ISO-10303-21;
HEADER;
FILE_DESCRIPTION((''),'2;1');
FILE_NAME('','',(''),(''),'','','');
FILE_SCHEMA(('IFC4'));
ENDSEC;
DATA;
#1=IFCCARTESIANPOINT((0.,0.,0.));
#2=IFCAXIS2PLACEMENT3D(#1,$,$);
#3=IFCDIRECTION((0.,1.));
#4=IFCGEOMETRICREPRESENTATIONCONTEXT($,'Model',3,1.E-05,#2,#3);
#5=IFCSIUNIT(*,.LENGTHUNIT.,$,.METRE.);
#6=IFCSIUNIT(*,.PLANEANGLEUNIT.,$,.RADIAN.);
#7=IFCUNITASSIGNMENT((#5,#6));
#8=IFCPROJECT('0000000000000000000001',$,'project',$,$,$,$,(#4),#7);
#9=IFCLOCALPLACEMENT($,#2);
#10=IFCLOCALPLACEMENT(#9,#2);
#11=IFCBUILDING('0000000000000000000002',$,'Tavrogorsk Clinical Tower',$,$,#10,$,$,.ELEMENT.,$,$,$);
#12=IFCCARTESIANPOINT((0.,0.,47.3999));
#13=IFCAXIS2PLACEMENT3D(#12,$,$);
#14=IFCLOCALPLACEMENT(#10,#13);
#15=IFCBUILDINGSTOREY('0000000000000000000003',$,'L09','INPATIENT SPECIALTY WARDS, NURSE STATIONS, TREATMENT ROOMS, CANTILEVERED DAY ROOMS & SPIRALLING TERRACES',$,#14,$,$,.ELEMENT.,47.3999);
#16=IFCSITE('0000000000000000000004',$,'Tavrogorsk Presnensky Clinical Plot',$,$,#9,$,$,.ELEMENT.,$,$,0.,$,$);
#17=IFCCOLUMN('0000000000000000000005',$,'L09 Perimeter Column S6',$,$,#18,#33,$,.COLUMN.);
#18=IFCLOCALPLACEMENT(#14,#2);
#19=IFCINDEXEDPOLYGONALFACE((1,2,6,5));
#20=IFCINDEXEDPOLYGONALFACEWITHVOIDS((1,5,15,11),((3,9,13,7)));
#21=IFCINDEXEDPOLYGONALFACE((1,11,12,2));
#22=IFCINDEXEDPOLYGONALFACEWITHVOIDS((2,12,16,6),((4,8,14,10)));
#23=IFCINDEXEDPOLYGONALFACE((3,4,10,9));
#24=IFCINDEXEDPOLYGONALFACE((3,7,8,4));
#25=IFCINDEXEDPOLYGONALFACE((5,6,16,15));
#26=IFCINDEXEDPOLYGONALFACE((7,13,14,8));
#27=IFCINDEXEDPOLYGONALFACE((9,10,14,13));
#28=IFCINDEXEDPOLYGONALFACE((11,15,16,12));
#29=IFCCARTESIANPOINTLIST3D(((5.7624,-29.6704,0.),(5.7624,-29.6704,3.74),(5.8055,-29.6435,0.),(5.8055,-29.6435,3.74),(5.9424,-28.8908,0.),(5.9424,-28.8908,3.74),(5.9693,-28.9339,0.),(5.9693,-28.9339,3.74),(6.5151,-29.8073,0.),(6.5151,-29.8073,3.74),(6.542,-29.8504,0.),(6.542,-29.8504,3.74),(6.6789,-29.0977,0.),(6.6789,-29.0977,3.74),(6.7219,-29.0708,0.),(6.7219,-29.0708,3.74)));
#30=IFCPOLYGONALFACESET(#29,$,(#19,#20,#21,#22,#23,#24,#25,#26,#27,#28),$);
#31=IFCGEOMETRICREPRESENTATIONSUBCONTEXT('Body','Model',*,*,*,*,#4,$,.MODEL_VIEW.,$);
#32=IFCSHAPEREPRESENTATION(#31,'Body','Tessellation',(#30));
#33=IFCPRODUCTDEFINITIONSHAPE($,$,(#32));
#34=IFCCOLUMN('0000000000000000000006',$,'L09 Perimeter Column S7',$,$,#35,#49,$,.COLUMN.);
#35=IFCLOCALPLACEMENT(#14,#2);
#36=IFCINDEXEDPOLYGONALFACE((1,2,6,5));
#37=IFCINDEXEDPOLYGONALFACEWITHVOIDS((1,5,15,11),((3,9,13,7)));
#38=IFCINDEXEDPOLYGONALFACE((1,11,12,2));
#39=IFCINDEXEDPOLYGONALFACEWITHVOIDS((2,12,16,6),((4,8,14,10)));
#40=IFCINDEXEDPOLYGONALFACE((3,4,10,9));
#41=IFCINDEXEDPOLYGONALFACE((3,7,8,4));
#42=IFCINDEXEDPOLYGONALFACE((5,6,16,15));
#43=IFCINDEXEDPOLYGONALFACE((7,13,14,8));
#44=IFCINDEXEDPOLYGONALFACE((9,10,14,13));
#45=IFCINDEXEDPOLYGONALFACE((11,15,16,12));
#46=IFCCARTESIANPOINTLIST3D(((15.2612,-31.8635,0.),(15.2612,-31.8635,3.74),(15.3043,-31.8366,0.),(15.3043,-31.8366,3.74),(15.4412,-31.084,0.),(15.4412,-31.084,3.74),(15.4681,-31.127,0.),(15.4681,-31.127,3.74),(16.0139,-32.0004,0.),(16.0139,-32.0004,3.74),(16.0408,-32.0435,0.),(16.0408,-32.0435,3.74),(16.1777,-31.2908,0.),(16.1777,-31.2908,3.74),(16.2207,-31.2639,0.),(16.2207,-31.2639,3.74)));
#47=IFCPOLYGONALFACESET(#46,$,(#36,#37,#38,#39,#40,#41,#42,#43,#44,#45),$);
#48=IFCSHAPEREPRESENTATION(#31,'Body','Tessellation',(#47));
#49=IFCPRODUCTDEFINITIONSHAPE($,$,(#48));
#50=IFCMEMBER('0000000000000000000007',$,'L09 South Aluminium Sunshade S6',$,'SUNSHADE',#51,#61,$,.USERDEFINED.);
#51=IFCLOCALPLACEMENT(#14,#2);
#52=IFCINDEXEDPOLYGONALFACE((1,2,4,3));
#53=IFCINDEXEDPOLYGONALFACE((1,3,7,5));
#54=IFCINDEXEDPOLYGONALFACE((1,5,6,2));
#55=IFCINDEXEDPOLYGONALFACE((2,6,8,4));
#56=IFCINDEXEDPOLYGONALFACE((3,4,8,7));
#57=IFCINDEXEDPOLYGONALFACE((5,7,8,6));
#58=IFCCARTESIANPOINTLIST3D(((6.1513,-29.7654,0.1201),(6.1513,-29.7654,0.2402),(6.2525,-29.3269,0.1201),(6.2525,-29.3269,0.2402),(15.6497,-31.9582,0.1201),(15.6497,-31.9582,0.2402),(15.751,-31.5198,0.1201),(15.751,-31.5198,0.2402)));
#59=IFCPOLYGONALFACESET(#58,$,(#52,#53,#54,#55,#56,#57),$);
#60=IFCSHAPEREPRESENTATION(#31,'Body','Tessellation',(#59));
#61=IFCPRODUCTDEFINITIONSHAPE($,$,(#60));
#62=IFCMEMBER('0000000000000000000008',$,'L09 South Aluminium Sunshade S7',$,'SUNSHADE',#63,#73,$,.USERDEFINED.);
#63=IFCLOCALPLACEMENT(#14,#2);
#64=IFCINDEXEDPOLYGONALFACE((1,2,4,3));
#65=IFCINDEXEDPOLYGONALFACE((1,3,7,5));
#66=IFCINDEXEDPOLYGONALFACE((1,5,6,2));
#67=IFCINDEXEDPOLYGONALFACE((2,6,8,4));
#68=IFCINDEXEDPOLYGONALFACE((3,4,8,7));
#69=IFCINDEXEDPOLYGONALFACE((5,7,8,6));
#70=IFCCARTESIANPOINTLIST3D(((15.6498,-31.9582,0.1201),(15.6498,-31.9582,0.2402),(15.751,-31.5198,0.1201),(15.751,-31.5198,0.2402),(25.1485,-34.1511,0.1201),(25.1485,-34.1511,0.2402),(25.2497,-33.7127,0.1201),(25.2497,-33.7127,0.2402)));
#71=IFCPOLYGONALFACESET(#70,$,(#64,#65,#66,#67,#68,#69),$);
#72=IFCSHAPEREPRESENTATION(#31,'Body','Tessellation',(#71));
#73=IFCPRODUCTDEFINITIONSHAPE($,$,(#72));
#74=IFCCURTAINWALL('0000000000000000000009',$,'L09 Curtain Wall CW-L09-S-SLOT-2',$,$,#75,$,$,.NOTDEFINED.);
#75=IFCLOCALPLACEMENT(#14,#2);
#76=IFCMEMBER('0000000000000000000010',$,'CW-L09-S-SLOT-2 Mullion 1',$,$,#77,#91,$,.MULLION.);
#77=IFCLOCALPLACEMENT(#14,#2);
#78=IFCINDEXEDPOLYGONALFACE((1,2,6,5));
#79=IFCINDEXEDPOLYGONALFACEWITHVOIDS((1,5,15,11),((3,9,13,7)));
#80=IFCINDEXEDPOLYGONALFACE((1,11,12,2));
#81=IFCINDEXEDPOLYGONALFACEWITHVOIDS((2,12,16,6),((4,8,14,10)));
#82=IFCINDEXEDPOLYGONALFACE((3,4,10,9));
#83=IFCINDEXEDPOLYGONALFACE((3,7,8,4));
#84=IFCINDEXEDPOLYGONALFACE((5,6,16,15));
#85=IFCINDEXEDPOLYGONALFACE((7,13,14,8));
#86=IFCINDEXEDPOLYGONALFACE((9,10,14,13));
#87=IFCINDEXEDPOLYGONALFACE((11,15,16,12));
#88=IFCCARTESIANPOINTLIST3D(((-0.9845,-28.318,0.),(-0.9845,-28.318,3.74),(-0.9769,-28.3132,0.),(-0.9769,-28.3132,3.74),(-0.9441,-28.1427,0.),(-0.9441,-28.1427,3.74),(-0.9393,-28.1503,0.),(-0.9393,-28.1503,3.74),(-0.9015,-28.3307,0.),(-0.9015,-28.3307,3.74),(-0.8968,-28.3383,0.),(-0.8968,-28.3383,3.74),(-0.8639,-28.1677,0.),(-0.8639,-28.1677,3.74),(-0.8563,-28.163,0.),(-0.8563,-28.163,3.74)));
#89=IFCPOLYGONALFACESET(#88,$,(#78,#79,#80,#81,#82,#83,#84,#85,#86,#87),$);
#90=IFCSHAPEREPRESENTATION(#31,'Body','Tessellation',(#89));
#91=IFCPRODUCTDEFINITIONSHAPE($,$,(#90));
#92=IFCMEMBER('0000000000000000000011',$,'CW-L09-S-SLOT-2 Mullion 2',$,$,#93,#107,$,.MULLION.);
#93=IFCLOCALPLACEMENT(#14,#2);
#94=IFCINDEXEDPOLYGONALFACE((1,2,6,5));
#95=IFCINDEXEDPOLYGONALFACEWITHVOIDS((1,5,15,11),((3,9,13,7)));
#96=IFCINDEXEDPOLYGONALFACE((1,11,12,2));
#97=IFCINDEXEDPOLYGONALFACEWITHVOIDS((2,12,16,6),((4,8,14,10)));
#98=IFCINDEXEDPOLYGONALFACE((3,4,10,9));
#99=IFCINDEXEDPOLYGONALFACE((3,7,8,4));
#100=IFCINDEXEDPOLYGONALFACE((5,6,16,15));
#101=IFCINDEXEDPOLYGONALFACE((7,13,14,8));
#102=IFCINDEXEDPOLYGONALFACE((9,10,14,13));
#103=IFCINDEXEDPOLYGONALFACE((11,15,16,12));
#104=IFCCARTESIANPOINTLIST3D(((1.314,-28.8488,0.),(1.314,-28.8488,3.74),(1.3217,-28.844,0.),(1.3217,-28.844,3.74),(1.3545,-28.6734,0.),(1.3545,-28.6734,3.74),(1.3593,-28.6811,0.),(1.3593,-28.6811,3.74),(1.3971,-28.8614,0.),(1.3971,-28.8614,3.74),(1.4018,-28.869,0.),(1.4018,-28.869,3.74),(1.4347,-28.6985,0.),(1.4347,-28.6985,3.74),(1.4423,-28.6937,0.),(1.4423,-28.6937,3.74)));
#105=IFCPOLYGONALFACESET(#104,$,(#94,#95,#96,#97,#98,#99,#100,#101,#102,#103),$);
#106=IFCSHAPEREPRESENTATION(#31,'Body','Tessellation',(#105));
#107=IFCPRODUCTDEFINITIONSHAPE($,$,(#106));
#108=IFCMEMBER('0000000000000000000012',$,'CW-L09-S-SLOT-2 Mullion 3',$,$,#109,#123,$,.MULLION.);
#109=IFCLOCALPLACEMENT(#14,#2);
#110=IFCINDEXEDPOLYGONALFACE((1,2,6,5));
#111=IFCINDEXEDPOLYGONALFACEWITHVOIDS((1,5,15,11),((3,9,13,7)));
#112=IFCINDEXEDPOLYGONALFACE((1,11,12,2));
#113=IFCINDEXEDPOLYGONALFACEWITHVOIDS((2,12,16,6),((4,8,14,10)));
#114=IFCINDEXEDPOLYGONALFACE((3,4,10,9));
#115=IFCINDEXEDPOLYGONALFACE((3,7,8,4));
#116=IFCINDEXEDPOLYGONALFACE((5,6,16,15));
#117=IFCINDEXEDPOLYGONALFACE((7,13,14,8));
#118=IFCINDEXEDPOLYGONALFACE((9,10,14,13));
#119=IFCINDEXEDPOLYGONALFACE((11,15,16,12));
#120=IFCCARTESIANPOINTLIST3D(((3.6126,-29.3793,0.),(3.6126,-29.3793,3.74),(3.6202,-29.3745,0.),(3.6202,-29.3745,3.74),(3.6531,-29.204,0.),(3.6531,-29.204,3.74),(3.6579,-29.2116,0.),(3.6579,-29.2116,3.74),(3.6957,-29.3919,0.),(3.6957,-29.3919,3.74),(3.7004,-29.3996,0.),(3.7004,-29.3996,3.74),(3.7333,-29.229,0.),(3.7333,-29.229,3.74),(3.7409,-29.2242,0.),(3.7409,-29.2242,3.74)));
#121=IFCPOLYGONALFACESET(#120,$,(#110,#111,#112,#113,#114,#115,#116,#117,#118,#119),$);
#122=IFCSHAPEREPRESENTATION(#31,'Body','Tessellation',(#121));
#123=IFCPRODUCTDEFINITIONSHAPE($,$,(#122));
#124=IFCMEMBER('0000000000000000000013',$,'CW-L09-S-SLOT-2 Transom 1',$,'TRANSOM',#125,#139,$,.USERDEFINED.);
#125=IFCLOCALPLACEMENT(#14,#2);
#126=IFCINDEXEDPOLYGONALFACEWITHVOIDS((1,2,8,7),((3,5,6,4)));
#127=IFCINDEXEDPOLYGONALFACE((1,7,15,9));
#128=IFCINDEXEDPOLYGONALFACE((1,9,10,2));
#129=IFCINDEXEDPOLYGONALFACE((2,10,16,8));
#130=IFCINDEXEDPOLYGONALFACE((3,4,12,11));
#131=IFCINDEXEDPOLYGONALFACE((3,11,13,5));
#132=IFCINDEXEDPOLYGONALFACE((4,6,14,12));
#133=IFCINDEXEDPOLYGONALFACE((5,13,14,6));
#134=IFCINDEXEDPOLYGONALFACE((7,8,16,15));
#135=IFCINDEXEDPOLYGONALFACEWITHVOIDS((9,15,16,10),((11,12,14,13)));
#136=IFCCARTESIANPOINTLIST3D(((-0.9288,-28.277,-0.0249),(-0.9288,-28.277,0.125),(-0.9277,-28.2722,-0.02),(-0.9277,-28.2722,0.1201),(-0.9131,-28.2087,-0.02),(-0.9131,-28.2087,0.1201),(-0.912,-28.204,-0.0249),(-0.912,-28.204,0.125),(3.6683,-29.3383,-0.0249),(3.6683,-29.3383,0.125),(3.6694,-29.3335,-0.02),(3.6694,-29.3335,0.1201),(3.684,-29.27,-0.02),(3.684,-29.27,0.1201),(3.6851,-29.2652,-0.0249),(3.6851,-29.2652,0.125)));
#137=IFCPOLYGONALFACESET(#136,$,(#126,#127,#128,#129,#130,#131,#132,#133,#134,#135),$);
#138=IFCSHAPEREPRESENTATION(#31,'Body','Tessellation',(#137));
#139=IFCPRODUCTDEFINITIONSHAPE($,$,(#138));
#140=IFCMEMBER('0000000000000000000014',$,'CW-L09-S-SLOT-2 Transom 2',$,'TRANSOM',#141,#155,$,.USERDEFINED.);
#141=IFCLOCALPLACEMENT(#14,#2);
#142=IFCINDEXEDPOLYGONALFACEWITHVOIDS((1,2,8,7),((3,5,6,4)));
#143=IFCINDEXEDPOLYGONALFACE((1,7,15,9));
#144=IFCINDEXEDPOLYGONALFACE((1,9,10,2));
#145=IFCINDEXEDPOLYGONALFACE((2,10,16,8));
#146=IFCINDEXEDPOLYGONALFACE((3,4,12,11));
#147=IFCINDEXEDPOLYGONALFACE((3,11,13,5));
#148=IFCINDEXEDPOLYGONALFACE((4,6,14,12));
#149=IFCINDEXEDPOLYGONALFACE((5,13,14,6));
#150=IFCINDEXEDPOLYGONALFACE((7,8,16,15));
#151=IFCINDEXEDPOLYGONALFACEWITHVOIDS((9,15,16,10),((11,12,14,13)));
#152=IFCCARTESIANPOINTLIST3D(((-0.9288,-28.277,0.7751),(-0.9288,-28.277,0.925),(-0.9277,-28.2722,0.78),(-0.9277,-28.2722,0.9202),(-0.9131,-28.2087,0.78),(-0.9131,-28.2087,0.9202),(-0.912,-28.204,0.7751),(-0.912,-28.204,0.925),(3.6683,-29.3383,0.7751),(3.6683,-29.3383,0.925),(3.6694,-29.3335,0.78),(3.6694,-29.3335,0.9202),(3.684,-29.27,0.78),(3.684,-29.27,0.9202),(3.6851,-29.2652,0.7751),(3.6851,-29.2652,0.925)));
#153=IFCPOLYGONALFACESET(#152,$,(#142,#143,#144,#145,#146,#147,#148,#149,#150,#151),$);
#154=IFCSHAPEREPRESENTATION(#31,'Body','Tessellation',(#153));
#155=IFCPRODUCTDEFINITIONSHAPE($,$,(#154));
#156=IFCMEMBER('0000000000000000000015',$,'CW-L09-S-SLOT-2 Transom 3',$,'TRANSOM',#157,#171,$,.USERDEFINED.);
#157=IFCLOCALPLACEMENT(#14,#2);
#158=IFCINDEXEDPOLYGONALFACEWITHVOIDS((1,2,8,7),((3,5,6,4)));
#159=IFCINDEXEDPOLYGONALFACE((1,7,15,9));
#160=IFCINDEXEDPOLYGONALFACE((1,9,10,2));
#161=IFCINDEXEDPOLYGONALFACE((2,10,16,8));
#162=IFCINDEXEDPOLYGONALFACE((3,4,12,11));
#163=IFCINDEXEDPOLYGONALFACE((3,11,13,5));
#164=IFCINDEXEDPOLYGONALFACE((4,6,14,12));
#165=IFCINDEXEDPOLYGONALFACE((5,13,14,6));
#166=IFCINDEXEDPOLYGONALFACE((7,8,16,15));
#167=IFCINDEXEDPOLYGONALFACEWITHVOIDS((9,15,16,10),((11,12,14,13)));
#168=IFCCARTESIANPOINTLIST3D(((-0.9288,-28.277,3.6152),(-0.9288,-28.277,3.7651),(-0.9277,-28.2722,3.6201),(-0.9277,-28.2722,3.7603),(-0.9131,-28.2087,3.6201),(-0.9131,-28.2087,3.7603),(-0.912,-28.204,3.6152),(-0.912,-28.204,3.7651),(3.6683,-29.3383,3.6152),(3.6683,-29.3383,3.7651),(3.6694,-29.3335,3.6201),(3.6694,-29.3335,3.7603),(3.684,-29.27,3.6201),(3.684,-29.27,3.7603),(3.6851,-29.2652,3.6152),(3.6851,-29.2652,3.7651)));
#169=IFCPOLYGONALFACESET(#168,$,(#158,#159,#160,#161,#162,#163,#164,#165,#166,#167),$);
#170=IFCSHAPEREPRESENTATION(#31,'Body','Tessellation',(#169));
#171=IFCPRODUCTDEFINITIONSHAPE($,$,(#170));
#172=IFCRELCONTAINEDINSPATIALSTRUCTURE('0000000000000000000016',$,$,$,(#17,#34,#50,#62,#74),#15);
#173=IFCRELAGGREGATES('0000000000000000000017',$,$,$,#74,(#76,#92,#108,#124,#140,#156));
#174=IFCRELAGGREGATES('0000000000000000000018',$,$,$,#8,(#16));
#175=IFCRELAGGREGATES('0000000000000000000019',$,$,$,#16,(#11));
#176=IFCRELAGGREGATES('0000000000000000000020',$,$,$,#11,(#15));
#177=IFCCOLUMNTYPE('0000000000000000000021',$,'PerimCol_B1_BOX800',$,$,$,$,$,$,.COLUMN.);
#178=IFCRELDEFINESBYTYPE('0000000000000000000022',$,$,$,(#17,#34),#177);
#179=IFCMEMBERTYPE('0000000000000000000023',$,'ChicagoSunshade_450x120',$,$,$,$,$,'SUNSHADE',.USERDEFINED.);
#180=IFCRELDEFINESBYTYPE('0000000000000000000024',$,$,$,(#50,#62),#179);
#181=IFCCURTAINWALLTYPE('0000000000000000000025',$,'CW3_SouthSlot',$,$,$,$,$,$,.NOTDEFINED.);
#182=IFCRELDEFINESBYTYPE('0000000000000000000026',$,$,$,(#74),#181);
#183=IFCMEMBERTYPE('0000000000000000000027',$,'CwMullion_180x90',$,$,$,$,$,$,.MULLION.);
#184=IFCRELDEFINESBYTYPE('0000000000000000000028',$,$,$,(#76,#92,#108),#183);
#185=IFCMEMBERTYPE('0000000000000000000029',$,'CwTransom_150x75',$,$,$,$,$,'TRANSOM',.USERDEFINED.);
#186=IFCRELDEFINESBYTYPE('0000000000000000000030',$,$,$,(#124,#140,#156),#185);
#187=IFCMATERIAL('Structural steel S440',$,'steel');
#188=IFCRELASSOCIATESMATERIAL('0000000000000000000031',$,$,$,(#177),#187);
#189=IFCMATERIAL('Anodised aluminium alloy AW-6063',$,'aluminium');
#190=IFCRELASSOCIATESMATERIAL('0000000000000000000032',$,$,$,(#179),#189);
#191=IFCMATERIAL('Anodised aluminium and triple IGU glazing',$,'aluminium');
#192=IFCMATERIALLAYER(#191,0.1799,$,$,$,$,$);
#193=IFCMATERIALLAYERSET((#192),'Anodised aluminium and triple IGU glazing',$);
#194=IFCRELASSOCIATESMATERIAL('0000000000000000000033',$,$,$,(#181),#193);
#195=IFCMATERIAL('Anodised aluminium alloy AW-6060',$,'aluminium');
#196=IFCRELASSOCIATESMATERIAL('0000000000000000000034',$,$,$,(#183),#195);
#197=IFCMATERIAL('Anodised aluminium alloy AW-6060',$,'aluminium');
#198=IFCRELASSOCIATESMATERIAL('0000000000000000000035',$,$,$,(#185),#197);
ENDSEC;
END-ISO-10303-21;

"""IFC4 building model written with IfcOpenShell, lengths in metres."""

from ifc_helpers import new_model, si_unit, direction, frame, origin, origin_2d, place, context, subcontext, project, spatial, rectangle, hollow_rectangle, extrude, material, layer, layer_set, material_profile, profile_set, type_object, element, aggregate, save


model = new_model("IFC4")

# Units and contexts
model_context = context("Model", 3, precision=1e-05, world=origin(), true_north=direction((0.0, 1.0)))
body_context = subcontext(model_context, "Body", "Model", "MODEL_VIEW")
ifc_project = project(units=[si_unit("LENGTHUNIT", "METRE"), si_unit("PLANEANGLEUNIT", "RADIAN")], contexts=[model_context])

# Site, building, storey
site_placement = place(None, origin())
site = spatial("IfcSite", under=ifc_project, at=site_placement, Name="Tavrogorsk Presnensky Clinical Plot", CompositionType="ELEMENT", RefElevation=0.0)
building_placement = place(site_placement, origin())
building = spatial("IfcBuilding", under=site, at=building_placement, Name="Tavrogorsk Clinical Tower", CompositionType="ELEMENT")
storey_placement = place(building_placement, frame((0.0, 0.0, 47.3999)))
storey = spatial("IfcBuildingStorey", under=building, at=storey_placement, Name="L09", Description="INPATIENT SPECIALTY WARDS, NURSE STATIONS, TREATMENT ROOMS, CANTILEVERED DAY ROOMS & SPIRALLING TERRACES", CompositionType="ELEMENT", Elevation=47.3999)

# Columns
ifc_material_1 = material(Name="Structural steel S440", Category="steel")
ifc_material_profile_1 = material_profile(ifc_material_1, hollow_rectangle(XDim=0.8, YDim=0.8, WallThickness=0.0359, at=origin_2d()), Name="BOX-800x800x36")
ifc_profile_set_1 = profile_set([ifc_material_profile_1], Name="Structural steel S440")
column_type = type_object("IfcColumnType", Name="PerimCol_B1_BOX800", PredefinedType="COLUMN", material=ifc_profile_set_1)
for number, where, z_axis, x_axis, name in (
    (1, (6.2422, -29.3706, 0.0), (0.0, 0.0, 1.0), (0.97437, -0.224951, 0.0), "L09 Perimeter Column S6"),
    (2, (15.741, -31.5637, 0.0), (0.0, 0.0, 1.0), (0.97437, -0.224951, 0.0), "L09 Perimeter Column S7"),
):
    element("IfcColumn", number, at=place(storey_placement, frame(where, z_axis=z_axis, x_axis=x_axis)), inside=storey, type_object=column_type, Name=name, PredefinedType="COLUMN", context=body_context, shape_type="SweptSolid", body=[
        extrude(hollow_rectangle(XDim=0.8, YDim=0.8, WallThickness=0.0359, at=origin_2d()), origin(), (0.0, 0.0, 1.0), 3.74),
    ])

# Members
ifc_material_2 = material(Name="Anodised aluminium alloy AW-6063", Category="aluminium")
ifc_material_profile_2 = material_profile(ifc_material_2, rectangle(XDim=0.45, YDim=0.1201, at=origin_2d()), Name="ALU-SUNSHADE-450x120")
ifc_profile_set_2 = profile_set([ifc_material_profile_2], Name="Anodised aluminium alloy AW-6063")
member_type_1 = type_object("IfcMemberType", Name="ChicagoSunshade_450x120", ElementType="SUNSHADE", PredefinedType="USERDEFINED", material=ifc_profile_set_2)
member_1_placement = place(storey_placement, frame((6.2019, -29.5461, 0.1802), z_axis=(0.974371, -0.224947, 0.0), x_axis=(0.224947, 0.974371, 0.0)))
element("IfcMember", 3, at=member_1_placement, inside=storey, type_object=member_type_1, Name="L09 South Aluminium Sunshade S6", ObjectType="SUNSHADE", PredefinedType="USERDEFINED", context=body_context, shape_type="SweptSolid", body=[
    extrude(rectangle(XDim=0.45, YDim=0.1201, at=origin_2d()), origin(), (0.0, 0.0, 1.0), 9.7483),
])
member_2_placement = place(storey_placement, frame((15.7004, -31.739, 0.1802), z_axis=(0.974372, -0.224942, 0.0), x_axis=(0.224942, 0.974372, 0.0)))
element("IfcMember", 4, at=member_2_placement, inside=storey, type_object=member_type_1, Name="L09 South Aluminium Sunshade S7", ObjectType="SUNSHADE", PredefinedType="USERDEFINED", context=body_context, shape_type="SweptSolid", body=[
    extrude(rectangle(XDim=0.45, YDim=0.1201, at=origin_2d()), origin(), (0.0, 0.0, 1.0), 9.7485),
])

# Curtain wall, members
ifc_material_3 = material(Name="Anodised aluminium and triple IGU glazing", Category="aluminium")
ifc_layer_1 = layer(ifc_material_3, 0.1799)
ifc_layer_set_1 = layer_set([ifc_layer_1], Name="Anodised aluminium and triple IGU glazing")
curtain_wall_type = type_object("IfcCurtainWallType", Name="CW3_SouthSlot", PredefinedType="NOTDEFINED", material=ifc_layer_set_1)
curtain_wall_placement = place(storey_placement, origin())
curtain_wall = element("IfcCurtainWall", 5, at=curtain_wall_placement, inside=storey, type_object=curtain_wall_type, Name="L09 Curtain Wall CW-L09-S-SLOT-2", PredefinedType="NOTDEFINED")
ifc_material_4 = material(Name="Anodised aluminium alloy AW-6060", Category="aluminium")
ifc_material_profile_3 = material_profile(ifc_material_4, hollow_rectangle(XDim=0.0901, YDim=0.1799, WallThickness=0.0063, at=origin_2d()), Name="RHS-180x90x6.3")
ifc_profile_set_3 = profile_set([ifc_material_profile_3], Name="Anodised aluminium alloy AW-6060")
member_type_2 = type_object("IfcMemberType", Name="CwMullion_180x90", PredefinedType="MULLION", material=ifc_profile_set_3)
member_3_placement = place(storey_placement, frame((-0.9204, -28.2405, 0.0), z_axis=(0.0, 0.0, 1.0), x_axis=(0.97437, -0.224951, 0.0)))
member_3 = element("IfcMember", 6, at=member_3_placement, type_object=member_type_2, Name="CW-L09-S-SLOT-2 Mullion 1", PredefinedType="MULLION", context=body_context, shape_type="SweptSolid", body=[
    extrude(hollow_rectangle(XDim=0.0901, YDim=0.1799, WallThickness=0.0063, at=origin_2d()), origin(), (0.0, 0.0, 1.0), 3.74),
])
member_4_placement = place(storey_placement, frame((1.3782, -28.7712, 0.0), z_axis=(0.0, 0.0, 1.0), x_axis=(0.97437, -0.224951, 0.0)))
member_4 = element("IfcMember", 7, at=member_4_placement, type_object=member_type_2, Name="CW-L09-S-SLOT-2 Mullion 2", PredefinedType="MULLION", context=body_context, shape_type="SweptSolid", body=[
    extrude(hollow_rectangle(XDim=0.0901, YDim=0.1799, WallThickness=0.0063, at=origin_2d()), origin(), (0.0, 0.0, 1.0), 3.74),
])
member_5_placement = place(storey_placement, frame((3.6768, -29.3018, 0.0), z_axis=(0.0, 0.0, 1.0), x_axis=(0.97437, -0.224951, 0.0)))
member_5 = element("IfcMember", 8, at=member_5_placement, type_object=member_type_2, Name="CW-L09-S-SLOT-2 Mullion 3", PredefinedType="MULLION", context=body_context, shape_type="SweptSolid", body=[
    extrude(hollow_rectangle(XDim=0.0901, YDim=0.1799, WallThickness=0.0063, at=origin_2d()), origin(), (0.0, 0.0, 1.0), 3.74),
])
ifc_material_5 = material(Name="Anodised aluminium alloy AW-6060", Category="aluminium")
ifc_material_profile_4 = material_profile(ifc_material_5, hollow_rectangle(XDim=0.075, YDim=0.1499, WallThickness=0.0049, at=origin_2d()), Name="RHS-150x75x5")
ifc_profile_set_4 = profile_set([ifc_material_profile_4], Name="Anodised aluminium alloy AW-6060")
member_type_3 = type_object("IfcMemberType", Name="CwTransom_150x75", ElementType="TRANSOM", PredefinedType="USERDEFINED", material=ifc_profile_set_4)
member_6_placement = place(storey_placement, frame((-0.9204, -28.2405, 0.05), z_axis=(0.974373, -0.224939, 0.0), x_axis=(0.224939, 0.974373, 0.0)))
member_6 = element("IfcMember", 9, at=member_6_placement, type_object=member_type_3, Name="CW-L09-S-SLOT-2 Transom 1", ObjectType="TRANSOM", PredefinedType="USERDEFINED", context=body_context, shape_type="SweptSolid", body=[
    extrude(hollow_rectangle(XDim=0.075, YDim=0.1499, WallThickness=0.0049, at=origin_2d()), origin(), (0.0, 0.0, 1.0), 4.718),
])
member_7_placement = place(storey_placement, frame((-0.9204, -28.2405, 0.8501), z_axis=(0.974373, -0.224939, 0.0), x_axis=(0.224939, 0.974373, 0.0)))
member_7 = element("IfcMember", 10, at=member_7_placement, type_object=member_type_3, Name="CW-L09-S-SLOT-2 Transom 2", ObjectType="TRANSOM", PredefinedType="USERDEFINED", context=body_context, shape_type="SweptSolid", body=[
    extrude(hollow_rectangle(XDim=0.075, YDim=0.1499, WallThickness=0.0049, at=origin_2d()), origin(), (0.0, 0.0, 1.0), 4.718),
])
member_8_placement = place(storey_placement, frame((-0.9204, -28.2405, 3.6902), z_axis=(0.974373, -0.224939, 0.0), x_axis=(0.224939, 0.974373, 0.0)))
member_8 = element("IfcMember", 11, at=member_8_placement, type_object=member_type_3, Name="CW-L09-S-SLOT-2 Transom 3", ObjectType="TRANSOM", PredefinedType="USERDEFINED", context=body_context, shape_type="SweptSolid", body=[
    extrude(hollow_rectangle(XDim=0.075, YDim=0.1499, WallThickness=0.0049, at=origin_2d()), origin(), (0.0, 0.0, 1.0), 4.718),
])

aggregate(curtain_wall, [member_3, member_4, member_5, member_6, member_7, member_8])

save(model, "model.ifc")
